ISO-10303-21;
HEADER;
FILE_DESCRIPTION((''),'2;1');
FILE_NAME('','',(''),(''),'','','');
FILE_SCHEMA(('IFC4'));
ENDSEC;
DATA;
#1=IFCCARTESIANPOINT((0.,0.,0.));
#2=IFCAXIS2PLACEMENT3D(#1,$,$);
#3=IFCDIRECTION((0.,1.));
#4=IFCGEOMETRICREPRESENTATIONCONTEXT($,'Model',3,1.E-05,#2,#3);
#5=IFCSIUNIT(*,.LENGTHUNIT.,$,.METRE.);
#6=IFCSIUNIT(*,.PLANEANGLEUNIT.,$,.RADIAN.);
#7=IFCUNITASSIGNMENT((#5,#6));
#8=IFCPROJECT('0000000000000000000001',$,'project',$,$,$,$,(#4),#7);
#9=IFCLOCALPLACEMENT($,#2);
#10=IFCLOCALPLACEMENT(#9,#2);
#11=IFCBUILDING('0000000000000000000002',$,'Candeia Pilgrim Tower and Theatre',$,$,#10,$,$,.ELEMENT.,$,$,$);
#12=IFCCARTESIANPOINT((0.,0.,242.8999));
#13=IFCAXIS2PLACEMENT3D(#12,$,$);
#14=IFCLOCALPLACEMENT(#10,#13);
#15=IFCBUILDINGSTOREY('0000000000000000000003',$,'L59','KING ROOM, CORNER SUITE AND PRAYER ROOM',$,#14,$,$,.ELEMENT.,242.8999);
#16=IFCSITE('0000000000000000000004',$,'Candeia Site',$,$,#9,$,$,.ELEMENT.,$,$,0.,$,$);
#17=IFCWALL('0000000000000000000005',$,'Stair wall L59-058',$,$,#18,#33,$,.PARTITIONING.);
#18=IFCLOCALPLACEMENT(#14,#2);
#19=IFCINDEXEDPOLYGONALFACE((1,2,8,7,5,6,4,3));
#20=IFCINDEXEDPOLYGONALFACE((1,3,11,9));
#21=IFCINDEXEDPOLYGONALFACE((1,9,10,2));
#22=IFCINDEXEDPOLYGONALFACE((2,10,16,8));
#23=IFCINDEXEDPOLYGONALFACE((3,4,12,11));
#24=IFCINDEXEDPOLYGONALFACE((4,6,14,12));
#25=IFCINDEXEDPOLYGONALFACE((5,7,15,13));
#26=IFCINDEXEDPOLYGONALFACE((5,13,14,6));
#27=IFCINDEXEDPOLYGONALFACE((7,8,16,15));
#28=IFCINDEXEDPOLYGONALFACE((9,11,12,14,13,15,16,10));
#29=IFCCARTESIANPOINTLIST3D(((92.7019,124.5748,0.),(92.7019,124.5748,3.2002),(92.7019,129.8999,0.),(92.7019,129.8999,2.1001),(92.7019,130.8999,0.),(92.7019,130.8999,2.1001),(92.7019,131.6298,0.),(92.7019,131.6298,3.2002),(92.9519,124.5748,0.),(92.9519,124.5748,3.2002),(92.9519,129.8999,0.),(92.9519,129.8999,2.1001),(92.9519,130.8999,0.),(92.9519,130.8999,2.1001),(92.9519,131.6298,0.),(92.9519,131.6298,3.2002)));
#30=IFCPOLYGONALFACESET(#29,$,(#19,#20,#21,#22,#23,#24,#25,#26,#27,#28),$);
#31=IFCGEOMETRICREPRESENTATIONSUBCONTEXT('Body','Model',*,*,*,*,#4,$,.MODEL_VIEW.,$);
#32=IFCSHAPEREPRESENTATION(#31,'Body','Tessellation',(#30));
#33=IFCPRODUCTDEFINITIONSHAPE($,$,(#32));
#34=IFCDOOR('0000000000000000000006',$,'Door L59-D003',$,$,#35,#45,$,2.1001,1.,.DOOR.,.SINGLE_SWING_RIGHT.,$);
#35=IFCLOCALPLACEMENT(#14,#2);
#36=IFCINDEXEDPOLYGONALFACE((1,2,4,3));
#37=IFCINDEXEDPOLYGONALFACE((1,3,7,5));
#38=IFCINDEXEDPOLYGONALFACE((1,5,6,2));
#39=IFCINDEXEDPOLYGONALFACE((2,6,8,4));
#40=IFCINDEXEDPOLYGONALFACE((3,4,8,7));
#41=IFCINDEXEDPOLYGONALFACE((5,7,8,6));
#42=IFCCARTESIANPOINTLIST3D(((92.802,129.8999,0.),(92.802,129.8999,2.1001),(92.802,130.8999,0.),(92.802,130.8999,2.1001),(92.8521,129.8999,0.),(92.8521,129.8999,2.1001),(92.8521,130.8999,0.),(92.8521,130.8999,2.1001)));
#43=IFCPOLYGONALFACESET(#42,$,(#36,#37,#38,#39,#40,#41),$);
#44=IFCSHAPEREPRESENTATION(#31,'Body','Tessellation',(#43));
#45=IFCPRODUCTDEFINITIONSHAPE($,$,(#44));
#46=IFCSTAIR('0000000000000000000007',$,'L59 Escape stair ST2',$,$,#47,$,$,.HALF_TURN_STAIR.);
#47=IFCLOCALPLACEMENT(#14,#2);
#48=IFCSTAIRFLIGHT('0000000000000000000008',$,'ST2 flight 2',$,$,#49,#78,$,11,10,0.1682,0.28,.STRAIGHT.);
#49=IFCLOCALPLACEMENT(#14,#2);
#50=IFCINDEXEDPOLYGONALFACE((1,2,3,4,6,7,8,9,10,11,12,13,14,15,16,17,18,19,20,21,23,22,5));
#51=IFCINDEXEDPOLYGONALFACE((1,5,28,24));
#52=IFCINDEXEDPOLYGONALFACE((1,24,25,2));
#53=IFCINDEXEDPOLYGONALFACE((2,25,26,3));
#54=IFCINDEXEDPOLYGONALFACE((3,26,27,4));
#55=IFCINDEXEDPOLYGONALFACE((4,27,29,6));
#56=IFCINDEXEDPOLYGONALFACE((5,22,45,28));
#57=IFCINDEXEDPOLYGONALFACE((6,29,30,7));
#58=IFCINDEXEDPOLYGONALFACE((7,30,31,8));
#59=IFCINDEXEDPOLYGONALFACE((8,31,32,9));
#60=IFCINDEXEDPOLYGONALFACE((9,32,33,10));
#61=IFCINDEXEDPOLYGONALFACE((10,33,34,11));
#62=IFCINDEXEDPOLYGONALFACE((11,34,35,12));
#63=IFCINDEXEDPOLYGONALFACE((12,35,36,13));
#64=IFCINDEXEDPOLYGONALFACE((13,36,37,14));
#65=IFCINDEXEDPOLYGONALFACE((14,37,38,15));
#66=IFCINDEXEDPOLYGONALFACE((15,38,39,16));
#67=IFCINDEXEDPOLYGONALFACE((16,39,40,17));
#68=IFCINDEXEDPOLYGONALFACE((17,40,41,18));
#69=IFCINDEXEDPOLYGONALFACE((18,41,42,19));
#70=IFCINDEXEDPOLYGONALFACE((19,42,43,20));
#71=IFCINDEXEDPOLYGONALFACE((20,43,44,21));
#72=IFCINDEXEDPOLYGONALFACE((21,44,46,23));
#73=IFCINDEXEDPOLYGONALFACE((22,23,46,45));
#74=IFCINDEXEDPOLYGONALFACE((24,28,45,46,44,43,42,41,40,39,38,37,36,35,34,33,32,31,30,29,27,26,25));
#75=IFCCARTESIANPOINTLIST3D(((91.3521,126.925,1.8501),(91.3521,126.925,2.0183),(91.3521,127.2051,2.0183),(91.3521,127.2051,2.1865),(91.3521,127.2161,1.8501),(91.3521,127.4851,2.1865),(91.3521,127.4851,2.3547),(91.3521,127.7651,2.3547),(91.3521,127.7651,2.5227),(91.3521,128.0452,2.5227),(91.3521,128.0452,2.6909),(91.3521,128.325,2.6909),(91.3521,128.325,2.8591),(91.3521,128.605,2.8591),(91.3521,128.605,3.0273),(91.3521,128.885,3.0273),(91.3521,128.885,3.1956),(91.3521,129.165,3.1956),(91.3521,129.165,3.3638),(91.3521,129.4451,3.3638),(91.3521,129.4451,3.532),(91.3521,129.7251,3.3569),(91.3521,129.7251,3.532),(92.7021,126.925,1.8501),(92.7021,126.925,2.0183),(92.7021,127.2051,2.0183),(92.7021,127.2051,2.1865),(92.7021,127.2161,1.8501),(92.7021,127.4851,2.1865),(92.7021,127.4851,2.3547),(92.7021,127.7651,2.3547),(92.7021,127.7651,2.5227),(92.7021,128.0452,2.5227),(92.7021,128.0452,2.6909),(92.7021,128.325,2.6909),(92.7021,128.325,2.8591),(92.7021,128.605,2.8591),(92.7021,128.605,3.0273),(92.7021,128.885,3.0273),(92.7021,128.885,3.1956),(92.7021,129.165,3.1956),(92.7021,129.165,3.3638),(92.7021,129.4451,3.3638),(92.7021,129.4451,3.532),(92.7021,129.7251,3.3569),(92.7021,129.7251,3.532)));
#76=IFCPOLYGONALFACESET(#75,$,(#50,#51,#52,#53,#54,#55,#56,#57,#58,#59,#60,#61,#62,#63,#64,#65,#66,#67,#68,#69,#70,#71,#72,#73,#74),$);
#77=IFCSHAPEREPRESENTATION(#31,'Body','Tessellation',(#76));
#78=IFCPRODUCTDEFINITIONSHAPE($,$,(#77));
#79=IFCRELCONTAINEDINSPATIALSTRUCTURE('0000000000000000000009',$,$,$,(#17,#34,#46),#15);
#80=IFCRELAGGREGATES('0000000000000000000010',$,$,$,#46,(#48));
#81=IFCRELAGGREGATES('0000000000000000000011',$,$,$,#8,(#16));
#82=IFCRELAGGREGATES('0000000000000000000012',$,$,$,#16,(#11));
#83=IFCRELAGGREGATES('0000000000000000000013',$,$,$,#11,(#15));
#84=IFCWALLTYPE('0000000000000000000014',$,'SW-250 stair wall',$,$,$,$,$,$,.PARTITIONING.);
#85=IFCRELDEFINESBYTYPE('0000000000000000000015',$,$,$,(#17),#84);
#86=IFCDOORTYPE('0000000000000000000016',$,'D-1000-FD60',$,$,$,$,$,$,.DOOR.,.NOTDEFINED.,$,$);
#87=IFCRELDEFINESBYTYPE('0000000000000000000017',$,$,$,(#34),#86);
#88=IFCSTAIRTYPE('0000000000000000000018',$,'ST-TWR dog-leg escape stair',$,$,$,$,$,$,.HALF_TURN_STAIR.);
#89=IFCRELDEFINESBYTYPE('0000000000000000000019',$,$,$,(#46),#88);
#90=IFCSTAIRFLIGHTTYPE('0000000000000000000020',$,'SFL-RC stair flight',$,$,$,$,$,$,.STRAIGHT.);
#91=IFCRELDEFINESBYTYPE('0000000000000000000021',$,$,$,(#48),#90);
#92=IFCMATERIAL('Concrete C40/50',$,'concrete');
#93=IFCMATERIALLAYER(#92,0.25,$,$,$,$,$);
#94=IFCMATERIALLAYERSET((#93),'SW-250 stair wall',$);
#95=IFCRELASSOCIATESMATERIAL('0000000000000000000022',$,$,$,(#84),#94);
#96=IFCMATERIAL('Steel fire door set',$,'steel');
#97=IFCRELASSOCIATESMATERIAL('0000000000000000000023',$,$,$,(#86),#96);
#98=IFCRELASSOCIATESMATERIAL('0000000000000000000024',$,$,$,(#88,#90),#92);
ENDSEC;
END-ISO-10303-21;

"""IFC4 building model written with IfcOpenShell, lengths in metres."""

from ifc_helpers import new_model, si_unit, direction, frame, frame_2d, origin, place, context, subcontext, project, spatial, polyline, rectangle, outline, extrude, material, layer, layer_set, type_object, element, fill, aggregate, save


model = new_model("IFC4")

# Units and contexts
model_context = context("Model", 3, precision=1e-05, world=origin(), true_north=direction((0.0, 1.0)))
body_context = subcontext(model_context, "Body", "Model", "MODEL_VIEW")
ifc_project = project(units=[si_unit("LENGTHUNIT", "METRE"), si_unit("PLANEANGLEUNIT", "RADIAN")], contexts=[model_context])

# Site, building, storey
site_placement = place(None, origin())
site = spatial("IfcSite", under=ifc_project, at=site_placement, Name="Candeia Site", CompositionType="ELEMENT", RefElevation=0.0)
building_placement = place(site_placement, origin())
building = spatial("IfcBuilding", under=site, at=building_placement, Name="Candeia Pilgrim Tower and Theatre", CompositionType="ELEMENT")
storey_placement = place(building_placement, frame((0.0, 0.0, 242.8999)))
storey = spatial("IfcBuildingStorey", under=building, at=storey_placement, Name="L59", Description="KING ROOM, CORNER SUITE AND PRAYER ROOM", CompositionType="ELEMENT", Elevation=242.8999)

# Shared definitions
ifc_material_1 = material(Name="Steel fire door set", Category="steel")

# Shared definitions
ifc_material_2 = material(Name="Concrete C40/50", Category="concrete")

# Wall, opening, door
ifc_layer_1 = layer(ifc_material_2, 0.25)
ifc_layer_set_1 = layer_set([ifc_layer_1], Name="SW-250 stair wall")
wall_type_1 = type_object("IfcWallType", Name="SW-250 stair wall", PredefinedType="PARTITIONING", material=ifc_layer_set_1)
wall_1_placement = place(storey_placement, frame((92.8269, 124.575, 0.0), z_axis=(0.0, 0.0, 1.0), x_axis=(0.0, 1.0, 0.0)))
wall_1 = element("IfcWall", 1, at=wall_1_placement, inside=storey, type_object=wall_type_1, Name="Stair wall L59-058", PredefinedType="PARTITIONING", context=body_context, shape_type="SweptSolid", body=[
    extrude(rectangle(XDim=7.0549, YDim=0.25, at=frame_2d((3.5273, 0.0))), origin(), (0.0, 0.0, 1.0), 3.2002),
])
opening_1_placement = place(wall_1_placement, frame((5.325, 0.0, 0.0)))
opening_1 = element("IfcOpeningElement", 2, at=opening_1_placement, cuts=wall_1, PredefinedType="OPENING", context=body_context, shape_type="SweptSolid", body=[
    extrude(rectangle(XDim=1.0, YDim=2.1001, at=frame_2d((0.5, 1.05))), frame((0.0, 0.135, 0.0), z_axis=(0.0, -1.0, 0.0), x_axis=(1.0, 0.0, 0.0)), (0.0, 0.0, 1.0), 0.27),
])
door_type_1 = type_object("IfcDoorType", Name="D-1000-FD60", OperationType="NOTDEFINED", PredefinedType="DOOR", material=ifc_material_1)
door_1_placement = place(opening_1_placement, origin())
door_1 = element("IfcDoor", 3, at=door_1_placement, inside=storey, type_object=door_type_1, Name="Door L59-D003", OperationType="SINGLE_SWING_RIGHT", OverallHeight=2.1001, OverallWidth=1.0, PredefinedType="DOOR", context=body_context, shape_type="SweptSolid", body=[
    extrude(rectangle(XDim=1.0, YDim=2.1001, at=frame_2d((0.5, 1.05))), frame((0.0, 0.0249, 0.0), z_axis=(0.0, -1.0, 0.0), x_axis=(1.0, 0.0, 0.0)), (0.0, 0.0, 1.0), 0.05),
])
fill(opening_1, door_1)

# Stair, stair flight
stair_type = type_object("IfcStairType", Name="ST-TWR dog-leg escape stair", PredefinedType="HALF_TURN_STAIR", material=ifc_material_2)
stair_placement = place(storey_placement, origin())
stair = element("IfcStair", 4, at=stair_placement, inside=storey, type_object=stair_type, Name="L59 Escape stair ST2", PredefinedType="HALF_TURN_STAIR")
stair_flight_type = type_object("IfcStairFlightType", Name="SFL-RC stair flight", PredefinedType="STRAIGHT", material=ifc_material_2)
stair_flight_placement = place(storey_placement, frame((92.0271, 126.925, 1.8501), z_axis=(0.0, 0.0, 1.0), x_axis=(0.0, 1.0, 0.0)))
stair_flight = element("IfcStairFlight", 5, at=stair_flight_placement, type_object=stair_flight_type, Name="ST2 flight 2", NumberOfRisers=11, NumberOfTreads=10, PredefinedType="STRAIGHT", RiserHeight=0.1682, TreadLength=0.28, context=body_context, shape_type="SweptSolid", body=[
    extrude(outline(polyline([(0.0, 0.0), (0.0, 0.1682), (0.28, 0.1682), (0.28, 0.3364), (0.5601, 0.3364), (0.5601, 0.5046), (0.8401, 0.5046), (0.8401, 0.6726), (1.1201, 0.6726), (1.1201, 0.8408), (1.3999, 0.8408), (1.3999, 1.009), (1.6799, 1.009), (1.6799, 1.1772), (1.96, 1.1772), (1.96, 1.3455), (2.24, 1.3455), (2.24, 1.5137), (2.52, 1.5137), (2.52, 1.6819), (2.8, 1.6819), (2.8, 1.8501), (2.8, 1.5068), (0.291, 0.0), (0.0, 0.0)])), frame((0.0, 0.675, 0.0), z_axis=(0.0, -1.0, 0.0), x_axis=(1.0, 0.0, 0.0)), (0.0, 0.0, 1.0), 1.3501),
])
aggregate(stair, [stair_flight])

save(model, "model.ifc")
